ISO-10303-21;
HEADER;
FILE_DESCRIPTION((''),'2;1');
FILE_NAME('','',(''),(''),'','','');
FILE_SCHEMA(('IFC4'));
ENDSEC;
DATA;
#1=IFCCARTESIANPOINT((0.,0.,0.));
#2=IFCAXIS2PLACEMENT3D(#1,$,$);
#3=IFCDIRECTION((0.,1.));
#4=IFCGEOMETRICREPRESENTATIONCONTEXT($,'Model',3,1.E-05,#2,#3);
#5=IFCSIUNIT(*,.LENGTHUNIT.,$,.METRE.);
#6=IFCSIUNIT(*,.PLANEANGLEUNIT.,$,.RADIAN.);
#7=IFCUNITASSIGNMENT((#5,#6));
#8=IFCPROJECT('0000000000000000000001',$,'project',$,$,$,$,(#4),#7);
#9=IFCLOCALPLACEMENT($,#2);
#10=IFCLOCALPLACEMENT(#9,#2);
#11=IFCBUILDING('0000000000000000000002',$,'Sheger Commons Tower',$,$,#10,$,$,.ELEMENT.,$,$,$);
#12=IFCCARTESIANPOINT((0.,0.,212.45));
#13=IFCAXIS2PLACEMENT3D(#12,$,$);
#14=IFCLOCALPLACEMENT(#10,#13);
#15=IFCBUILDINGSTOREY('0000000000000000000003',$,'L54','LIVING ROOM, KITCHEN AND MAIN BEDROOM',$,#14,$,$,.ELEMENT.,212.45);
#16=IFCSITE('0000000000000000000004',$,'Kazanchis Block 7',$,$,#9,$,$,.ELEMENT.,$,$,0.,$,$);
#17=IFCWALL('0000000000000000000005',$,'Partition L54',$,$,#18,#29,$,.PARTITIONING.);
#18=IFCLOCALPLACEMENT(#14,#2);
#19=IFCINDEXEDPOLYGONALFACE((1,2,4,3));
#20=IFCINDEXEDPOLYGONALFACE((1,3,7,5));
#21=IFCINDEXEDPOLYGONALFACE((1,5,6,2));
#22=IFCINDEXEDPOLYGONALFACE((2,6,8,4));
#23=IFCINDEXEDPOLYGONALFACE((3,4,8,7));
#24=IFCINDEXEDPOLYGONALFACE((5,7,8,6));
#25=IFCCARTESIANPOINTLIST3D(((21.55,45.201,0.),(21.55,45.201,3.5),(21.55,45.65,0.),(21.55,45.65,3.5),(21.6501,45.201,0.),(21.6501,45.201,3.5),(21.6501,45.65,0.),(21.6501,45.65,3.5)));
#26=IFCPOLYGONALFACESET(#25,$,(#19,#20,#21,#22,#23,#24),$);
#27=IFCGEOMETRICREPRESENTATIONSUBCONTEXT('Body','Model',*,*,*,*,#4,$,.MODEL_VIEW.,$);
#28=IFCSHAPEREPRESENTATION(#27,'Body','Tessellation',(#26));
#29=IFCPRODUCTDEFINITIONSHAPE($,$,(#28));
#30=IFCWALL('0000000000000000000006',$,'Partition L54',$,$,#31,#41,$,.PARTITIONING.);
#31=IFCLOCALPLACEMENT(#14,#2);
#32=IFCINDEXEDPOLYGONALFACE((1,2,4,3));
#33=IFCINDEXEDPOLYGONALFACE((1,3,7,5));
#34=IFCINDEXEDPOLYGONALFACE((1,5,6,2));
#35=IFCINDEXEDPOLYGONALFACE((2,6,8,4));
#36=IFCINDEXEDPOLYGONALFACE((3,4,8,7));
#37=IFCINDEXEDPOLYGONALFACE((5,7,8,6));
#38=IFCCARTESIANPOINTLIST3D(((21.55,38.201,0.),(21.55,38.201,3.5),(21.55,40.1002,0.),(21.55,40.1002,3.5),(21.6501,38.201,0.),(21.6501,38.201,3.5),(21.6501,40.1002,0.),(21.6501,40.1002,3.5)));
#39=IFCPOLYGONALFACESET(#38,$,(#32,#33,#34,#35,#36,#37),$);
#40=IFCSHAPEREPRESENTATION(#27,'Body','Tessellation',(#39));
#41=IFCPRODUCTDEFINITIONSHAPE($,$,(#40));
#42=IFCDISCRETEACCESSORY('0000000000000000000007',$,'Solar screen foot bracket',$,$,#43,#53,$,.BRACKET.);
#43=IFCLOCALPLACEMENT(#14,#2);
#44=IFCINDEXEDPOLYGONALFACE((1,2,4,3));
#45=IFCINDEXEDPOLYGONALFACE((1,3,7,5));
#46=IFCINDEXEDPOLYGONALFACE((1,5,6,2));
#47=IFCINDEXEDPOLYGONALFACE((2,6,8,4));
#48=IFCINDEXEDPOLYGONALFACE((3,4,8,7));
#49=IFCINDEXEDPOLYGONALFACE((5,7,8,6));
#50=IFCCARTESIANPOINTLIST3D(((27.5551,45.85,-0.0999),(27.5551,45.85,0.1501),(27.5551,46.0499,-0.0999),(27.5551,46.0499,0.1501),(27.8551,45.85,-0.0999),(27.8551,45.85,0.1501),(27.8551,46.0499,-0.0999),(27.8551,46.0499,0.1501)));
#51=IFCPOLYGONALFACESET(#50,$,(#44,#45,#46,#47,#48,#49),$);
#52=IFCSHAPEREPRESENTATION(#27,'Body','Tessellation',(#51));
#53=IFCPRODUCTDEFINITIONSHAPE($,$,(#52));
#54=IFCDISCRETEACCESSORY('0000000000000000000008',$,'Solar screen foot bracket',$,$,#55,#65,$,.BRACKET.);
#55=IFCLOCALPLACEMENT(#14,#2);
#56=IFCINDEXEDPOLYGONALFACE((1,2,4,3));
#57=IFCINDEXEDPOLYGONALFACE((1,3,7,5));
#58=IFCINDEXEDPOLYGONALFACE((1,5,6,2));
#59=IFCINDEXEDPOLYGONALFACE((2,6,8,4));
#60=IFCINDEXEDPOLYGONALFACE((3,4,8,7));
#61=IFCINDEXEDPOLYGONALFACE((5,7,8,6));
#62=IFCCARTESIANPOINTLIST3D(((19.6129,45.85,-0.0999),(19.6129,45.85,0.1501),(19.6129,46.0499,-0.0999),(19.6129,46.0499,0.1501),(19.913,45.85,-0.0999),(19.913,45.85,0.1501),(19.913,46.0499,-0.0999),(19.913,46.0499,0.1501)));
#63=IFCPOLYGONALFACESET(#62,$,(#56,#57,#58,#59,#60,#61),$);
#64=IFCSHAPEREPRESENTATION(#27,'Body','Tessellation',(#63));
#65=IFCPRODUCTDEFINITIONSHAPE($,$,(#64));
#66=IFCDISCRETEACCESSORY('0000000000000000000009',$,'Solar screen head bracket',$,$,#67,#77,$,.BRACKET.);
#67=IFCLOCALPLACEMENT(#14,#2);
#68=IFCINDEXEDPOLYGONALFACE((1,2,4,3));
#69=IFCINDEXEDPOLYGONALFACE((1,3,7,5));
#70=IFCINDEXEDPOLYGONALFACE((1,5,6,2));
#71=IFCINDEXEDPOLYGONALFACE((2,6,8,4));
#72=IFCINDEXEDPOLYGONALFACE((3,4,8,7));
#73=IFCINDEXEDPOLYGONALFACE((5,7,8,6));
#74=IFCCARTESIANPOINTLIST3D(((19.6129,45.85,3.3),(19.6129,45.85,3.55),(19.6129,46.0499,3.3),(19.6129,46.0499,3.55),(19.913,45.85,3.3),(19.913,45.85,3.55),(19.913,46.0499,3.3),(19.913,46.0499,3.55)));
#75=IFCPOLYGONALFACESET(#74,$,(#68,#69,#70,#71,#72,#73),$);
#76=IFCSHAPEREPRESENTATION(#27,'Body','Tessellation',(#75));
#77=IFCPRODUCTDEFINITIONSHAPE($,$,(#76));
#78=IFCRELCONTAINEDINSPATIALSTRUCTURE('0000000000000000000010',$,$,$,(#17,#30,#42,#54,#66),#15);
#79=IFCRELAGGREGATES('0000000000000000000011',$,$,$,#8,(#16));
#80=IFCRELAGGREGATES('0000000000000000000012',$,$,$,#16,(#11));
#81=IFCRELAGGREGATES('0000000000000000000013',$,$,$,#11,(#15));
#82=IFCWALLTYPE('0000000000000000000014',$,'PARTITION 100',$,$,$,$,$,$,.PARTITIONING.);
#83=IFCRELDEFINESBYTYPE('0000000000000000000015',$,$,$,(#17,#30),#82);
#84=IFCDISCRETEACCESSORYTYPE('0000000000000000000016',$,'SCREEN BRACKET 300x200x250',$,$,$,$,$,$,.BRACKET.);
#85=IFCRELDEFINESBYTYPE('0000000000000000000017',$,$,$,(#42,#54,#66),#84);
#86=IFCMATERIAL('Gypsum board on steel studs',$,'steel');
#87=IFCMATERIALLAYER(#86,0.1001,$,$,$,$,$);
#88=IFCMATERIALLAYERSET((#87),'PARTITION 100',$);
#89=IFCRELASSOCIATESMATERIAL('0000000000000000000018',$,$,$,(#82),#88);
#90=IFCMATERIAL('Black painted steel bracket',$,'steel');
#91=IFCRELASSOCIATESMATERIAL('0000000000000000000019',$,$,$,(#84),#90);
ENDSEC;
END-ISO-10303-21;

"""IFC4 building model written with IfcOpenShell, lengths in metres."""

from ifc_helpers import new_model, si_unit, direction, frame, frame_2d, origin, origin_2d, place, context, subcontext, project, spatial, rectangle, extrude, material, layer, layer_set, type_object, element, save


model = new_model("IFC4")

# Units and contexts
model_context = context("Model", 3, precision=1e-05, world=origin(), true_north=direction((0.0, 1.0)))
body_context = subcontext(model_context, "Body", "Model", "MODEL_VIEW")
ifc_project = project(units=[si_unit("LENGTHUNIT", "METRE"), si_unit("PLANEANGLEUNIT", "RADIAN")], contexts=[model_context])

# Site, building, storey
site_placement = place(None, origin())
site = spatial("IfcSite", under=ifc_project, at=site_placement, Name="Kazanchis Block 7", CompositionType="ELEMENT", RefElevation=0.0)
building_placement = place(site_placement, origin())
building = spatial("IfcBuilding", under=site, at=building_placement, Name="Sheger Commons Tower", CompositionType="ELEMENT")
storey_placement = place(building_placement, frame((0.0, 0.0, 212.45)))
storey = spatial("IfcBuildingStorey", under=building, at=storey_placement, Name="L54", Description="LIVING ROOM, KITCHEN AND MAIN BEDROOM", CompositionType="ELEMENT", Elevation=212.45)

# Shared definitions
ifc_material_1 = material(Name="Gypsum board on steel studs", Category="steel")
ifc_layer_1 = layer(ifc_material_1, 0.1001)
ifc_layer_set_1 = layer_set([ifc_layer_1], Name="PARTITION 100")
wall_type_1 = type_object("IfcWallType", Name="PARTITION 100", PredefinedType="PARTITIONING", material=ifc_layer_set_1)

# Walls
wall_1_placement = place(storey_placement, frame((21.6001, 45.2009, 0.0), z_axis=(0.0, 0.0, 1.0), x_axis=(0.0, 1.0, 0.0)))
element("IfcWall", 1, at=wall_1_placement, inside=storey, type_object=wall_type_1, Name="Partition L54", PredefinedType="PARTITIONING", context=body_context, shape_type="SweptSolid", body=[
    extrude(rectangle(XDim=0.449, YDim=0.1001, at=frame_2d((0.2246, 0.0))), origin(), (0.0, 0.0, 1.0), 3.5),
])
wall_2_placement = place(storey_placement, frame((21.6001, 38.2009, 0.0), z_axis=(0.0, 0.0, 1.0), x_axis=(0.0, 1.0, 0.0)))
element("IfcWall", 2, at=wall_2_placement, inside=storey, type_object=wall_type_1, Name="Partition L54", PredefinedType="PARTITIONING", context=body_context, shape_type="SweptSolid", body=[
    extrude(rectangle(XDim=1.8992, YDim=0.1001, at=frame_2d((0.9497, 0.0))), origin(), (0.0, 0.0, 1.0), 3.5),
])

# Discrete accessories
ifc_material_2 = material(Name="Black painted steel bracket", Category="steel")
discrete_accessory_type = type_object("IfcDiscreteAccessoryType", Name="SCREEN BRACKET 300x200x250", PredefinedType="BRACKET", material=ifc_material_2)
for number, where, z_axis, x_axis, name in (
    (3, (27.7051, 45.95, -0.0999), (0.0, 0.0, 1.0), (-1.0, 0.0, 0.0), "Solar screen foot bracket"),
    (4, (19.7629, 45.95, -0.0999), (0.0, 0.0, 1.0), (-1.0, 0.0, 0.0), "Solar screen foot bracket"),
    (5, (19.7629, 45.95, 3.3), (0.0, 0.0, 1.0), (-1.0, 0.0, 0.0), "Solar screen head bracket"),
):
    element("IfcDiscreteAccessory", number, at=place(storey_placement, frame(where, z_axis=z_axis, x_axis=x_axis)), inside=storey, type_object=discrete_accessory_type, Name=name, PredefinedType="BRACKET", context=body_context, shape_type="SweptSolid", body=[
        extrude(rectangle(XDim=0.3, YDim=0.2, at=origin_2d()), origin(), (0.0, 0.0, 1.0), 0.25),
    ])

save(model, "model.ifc")
